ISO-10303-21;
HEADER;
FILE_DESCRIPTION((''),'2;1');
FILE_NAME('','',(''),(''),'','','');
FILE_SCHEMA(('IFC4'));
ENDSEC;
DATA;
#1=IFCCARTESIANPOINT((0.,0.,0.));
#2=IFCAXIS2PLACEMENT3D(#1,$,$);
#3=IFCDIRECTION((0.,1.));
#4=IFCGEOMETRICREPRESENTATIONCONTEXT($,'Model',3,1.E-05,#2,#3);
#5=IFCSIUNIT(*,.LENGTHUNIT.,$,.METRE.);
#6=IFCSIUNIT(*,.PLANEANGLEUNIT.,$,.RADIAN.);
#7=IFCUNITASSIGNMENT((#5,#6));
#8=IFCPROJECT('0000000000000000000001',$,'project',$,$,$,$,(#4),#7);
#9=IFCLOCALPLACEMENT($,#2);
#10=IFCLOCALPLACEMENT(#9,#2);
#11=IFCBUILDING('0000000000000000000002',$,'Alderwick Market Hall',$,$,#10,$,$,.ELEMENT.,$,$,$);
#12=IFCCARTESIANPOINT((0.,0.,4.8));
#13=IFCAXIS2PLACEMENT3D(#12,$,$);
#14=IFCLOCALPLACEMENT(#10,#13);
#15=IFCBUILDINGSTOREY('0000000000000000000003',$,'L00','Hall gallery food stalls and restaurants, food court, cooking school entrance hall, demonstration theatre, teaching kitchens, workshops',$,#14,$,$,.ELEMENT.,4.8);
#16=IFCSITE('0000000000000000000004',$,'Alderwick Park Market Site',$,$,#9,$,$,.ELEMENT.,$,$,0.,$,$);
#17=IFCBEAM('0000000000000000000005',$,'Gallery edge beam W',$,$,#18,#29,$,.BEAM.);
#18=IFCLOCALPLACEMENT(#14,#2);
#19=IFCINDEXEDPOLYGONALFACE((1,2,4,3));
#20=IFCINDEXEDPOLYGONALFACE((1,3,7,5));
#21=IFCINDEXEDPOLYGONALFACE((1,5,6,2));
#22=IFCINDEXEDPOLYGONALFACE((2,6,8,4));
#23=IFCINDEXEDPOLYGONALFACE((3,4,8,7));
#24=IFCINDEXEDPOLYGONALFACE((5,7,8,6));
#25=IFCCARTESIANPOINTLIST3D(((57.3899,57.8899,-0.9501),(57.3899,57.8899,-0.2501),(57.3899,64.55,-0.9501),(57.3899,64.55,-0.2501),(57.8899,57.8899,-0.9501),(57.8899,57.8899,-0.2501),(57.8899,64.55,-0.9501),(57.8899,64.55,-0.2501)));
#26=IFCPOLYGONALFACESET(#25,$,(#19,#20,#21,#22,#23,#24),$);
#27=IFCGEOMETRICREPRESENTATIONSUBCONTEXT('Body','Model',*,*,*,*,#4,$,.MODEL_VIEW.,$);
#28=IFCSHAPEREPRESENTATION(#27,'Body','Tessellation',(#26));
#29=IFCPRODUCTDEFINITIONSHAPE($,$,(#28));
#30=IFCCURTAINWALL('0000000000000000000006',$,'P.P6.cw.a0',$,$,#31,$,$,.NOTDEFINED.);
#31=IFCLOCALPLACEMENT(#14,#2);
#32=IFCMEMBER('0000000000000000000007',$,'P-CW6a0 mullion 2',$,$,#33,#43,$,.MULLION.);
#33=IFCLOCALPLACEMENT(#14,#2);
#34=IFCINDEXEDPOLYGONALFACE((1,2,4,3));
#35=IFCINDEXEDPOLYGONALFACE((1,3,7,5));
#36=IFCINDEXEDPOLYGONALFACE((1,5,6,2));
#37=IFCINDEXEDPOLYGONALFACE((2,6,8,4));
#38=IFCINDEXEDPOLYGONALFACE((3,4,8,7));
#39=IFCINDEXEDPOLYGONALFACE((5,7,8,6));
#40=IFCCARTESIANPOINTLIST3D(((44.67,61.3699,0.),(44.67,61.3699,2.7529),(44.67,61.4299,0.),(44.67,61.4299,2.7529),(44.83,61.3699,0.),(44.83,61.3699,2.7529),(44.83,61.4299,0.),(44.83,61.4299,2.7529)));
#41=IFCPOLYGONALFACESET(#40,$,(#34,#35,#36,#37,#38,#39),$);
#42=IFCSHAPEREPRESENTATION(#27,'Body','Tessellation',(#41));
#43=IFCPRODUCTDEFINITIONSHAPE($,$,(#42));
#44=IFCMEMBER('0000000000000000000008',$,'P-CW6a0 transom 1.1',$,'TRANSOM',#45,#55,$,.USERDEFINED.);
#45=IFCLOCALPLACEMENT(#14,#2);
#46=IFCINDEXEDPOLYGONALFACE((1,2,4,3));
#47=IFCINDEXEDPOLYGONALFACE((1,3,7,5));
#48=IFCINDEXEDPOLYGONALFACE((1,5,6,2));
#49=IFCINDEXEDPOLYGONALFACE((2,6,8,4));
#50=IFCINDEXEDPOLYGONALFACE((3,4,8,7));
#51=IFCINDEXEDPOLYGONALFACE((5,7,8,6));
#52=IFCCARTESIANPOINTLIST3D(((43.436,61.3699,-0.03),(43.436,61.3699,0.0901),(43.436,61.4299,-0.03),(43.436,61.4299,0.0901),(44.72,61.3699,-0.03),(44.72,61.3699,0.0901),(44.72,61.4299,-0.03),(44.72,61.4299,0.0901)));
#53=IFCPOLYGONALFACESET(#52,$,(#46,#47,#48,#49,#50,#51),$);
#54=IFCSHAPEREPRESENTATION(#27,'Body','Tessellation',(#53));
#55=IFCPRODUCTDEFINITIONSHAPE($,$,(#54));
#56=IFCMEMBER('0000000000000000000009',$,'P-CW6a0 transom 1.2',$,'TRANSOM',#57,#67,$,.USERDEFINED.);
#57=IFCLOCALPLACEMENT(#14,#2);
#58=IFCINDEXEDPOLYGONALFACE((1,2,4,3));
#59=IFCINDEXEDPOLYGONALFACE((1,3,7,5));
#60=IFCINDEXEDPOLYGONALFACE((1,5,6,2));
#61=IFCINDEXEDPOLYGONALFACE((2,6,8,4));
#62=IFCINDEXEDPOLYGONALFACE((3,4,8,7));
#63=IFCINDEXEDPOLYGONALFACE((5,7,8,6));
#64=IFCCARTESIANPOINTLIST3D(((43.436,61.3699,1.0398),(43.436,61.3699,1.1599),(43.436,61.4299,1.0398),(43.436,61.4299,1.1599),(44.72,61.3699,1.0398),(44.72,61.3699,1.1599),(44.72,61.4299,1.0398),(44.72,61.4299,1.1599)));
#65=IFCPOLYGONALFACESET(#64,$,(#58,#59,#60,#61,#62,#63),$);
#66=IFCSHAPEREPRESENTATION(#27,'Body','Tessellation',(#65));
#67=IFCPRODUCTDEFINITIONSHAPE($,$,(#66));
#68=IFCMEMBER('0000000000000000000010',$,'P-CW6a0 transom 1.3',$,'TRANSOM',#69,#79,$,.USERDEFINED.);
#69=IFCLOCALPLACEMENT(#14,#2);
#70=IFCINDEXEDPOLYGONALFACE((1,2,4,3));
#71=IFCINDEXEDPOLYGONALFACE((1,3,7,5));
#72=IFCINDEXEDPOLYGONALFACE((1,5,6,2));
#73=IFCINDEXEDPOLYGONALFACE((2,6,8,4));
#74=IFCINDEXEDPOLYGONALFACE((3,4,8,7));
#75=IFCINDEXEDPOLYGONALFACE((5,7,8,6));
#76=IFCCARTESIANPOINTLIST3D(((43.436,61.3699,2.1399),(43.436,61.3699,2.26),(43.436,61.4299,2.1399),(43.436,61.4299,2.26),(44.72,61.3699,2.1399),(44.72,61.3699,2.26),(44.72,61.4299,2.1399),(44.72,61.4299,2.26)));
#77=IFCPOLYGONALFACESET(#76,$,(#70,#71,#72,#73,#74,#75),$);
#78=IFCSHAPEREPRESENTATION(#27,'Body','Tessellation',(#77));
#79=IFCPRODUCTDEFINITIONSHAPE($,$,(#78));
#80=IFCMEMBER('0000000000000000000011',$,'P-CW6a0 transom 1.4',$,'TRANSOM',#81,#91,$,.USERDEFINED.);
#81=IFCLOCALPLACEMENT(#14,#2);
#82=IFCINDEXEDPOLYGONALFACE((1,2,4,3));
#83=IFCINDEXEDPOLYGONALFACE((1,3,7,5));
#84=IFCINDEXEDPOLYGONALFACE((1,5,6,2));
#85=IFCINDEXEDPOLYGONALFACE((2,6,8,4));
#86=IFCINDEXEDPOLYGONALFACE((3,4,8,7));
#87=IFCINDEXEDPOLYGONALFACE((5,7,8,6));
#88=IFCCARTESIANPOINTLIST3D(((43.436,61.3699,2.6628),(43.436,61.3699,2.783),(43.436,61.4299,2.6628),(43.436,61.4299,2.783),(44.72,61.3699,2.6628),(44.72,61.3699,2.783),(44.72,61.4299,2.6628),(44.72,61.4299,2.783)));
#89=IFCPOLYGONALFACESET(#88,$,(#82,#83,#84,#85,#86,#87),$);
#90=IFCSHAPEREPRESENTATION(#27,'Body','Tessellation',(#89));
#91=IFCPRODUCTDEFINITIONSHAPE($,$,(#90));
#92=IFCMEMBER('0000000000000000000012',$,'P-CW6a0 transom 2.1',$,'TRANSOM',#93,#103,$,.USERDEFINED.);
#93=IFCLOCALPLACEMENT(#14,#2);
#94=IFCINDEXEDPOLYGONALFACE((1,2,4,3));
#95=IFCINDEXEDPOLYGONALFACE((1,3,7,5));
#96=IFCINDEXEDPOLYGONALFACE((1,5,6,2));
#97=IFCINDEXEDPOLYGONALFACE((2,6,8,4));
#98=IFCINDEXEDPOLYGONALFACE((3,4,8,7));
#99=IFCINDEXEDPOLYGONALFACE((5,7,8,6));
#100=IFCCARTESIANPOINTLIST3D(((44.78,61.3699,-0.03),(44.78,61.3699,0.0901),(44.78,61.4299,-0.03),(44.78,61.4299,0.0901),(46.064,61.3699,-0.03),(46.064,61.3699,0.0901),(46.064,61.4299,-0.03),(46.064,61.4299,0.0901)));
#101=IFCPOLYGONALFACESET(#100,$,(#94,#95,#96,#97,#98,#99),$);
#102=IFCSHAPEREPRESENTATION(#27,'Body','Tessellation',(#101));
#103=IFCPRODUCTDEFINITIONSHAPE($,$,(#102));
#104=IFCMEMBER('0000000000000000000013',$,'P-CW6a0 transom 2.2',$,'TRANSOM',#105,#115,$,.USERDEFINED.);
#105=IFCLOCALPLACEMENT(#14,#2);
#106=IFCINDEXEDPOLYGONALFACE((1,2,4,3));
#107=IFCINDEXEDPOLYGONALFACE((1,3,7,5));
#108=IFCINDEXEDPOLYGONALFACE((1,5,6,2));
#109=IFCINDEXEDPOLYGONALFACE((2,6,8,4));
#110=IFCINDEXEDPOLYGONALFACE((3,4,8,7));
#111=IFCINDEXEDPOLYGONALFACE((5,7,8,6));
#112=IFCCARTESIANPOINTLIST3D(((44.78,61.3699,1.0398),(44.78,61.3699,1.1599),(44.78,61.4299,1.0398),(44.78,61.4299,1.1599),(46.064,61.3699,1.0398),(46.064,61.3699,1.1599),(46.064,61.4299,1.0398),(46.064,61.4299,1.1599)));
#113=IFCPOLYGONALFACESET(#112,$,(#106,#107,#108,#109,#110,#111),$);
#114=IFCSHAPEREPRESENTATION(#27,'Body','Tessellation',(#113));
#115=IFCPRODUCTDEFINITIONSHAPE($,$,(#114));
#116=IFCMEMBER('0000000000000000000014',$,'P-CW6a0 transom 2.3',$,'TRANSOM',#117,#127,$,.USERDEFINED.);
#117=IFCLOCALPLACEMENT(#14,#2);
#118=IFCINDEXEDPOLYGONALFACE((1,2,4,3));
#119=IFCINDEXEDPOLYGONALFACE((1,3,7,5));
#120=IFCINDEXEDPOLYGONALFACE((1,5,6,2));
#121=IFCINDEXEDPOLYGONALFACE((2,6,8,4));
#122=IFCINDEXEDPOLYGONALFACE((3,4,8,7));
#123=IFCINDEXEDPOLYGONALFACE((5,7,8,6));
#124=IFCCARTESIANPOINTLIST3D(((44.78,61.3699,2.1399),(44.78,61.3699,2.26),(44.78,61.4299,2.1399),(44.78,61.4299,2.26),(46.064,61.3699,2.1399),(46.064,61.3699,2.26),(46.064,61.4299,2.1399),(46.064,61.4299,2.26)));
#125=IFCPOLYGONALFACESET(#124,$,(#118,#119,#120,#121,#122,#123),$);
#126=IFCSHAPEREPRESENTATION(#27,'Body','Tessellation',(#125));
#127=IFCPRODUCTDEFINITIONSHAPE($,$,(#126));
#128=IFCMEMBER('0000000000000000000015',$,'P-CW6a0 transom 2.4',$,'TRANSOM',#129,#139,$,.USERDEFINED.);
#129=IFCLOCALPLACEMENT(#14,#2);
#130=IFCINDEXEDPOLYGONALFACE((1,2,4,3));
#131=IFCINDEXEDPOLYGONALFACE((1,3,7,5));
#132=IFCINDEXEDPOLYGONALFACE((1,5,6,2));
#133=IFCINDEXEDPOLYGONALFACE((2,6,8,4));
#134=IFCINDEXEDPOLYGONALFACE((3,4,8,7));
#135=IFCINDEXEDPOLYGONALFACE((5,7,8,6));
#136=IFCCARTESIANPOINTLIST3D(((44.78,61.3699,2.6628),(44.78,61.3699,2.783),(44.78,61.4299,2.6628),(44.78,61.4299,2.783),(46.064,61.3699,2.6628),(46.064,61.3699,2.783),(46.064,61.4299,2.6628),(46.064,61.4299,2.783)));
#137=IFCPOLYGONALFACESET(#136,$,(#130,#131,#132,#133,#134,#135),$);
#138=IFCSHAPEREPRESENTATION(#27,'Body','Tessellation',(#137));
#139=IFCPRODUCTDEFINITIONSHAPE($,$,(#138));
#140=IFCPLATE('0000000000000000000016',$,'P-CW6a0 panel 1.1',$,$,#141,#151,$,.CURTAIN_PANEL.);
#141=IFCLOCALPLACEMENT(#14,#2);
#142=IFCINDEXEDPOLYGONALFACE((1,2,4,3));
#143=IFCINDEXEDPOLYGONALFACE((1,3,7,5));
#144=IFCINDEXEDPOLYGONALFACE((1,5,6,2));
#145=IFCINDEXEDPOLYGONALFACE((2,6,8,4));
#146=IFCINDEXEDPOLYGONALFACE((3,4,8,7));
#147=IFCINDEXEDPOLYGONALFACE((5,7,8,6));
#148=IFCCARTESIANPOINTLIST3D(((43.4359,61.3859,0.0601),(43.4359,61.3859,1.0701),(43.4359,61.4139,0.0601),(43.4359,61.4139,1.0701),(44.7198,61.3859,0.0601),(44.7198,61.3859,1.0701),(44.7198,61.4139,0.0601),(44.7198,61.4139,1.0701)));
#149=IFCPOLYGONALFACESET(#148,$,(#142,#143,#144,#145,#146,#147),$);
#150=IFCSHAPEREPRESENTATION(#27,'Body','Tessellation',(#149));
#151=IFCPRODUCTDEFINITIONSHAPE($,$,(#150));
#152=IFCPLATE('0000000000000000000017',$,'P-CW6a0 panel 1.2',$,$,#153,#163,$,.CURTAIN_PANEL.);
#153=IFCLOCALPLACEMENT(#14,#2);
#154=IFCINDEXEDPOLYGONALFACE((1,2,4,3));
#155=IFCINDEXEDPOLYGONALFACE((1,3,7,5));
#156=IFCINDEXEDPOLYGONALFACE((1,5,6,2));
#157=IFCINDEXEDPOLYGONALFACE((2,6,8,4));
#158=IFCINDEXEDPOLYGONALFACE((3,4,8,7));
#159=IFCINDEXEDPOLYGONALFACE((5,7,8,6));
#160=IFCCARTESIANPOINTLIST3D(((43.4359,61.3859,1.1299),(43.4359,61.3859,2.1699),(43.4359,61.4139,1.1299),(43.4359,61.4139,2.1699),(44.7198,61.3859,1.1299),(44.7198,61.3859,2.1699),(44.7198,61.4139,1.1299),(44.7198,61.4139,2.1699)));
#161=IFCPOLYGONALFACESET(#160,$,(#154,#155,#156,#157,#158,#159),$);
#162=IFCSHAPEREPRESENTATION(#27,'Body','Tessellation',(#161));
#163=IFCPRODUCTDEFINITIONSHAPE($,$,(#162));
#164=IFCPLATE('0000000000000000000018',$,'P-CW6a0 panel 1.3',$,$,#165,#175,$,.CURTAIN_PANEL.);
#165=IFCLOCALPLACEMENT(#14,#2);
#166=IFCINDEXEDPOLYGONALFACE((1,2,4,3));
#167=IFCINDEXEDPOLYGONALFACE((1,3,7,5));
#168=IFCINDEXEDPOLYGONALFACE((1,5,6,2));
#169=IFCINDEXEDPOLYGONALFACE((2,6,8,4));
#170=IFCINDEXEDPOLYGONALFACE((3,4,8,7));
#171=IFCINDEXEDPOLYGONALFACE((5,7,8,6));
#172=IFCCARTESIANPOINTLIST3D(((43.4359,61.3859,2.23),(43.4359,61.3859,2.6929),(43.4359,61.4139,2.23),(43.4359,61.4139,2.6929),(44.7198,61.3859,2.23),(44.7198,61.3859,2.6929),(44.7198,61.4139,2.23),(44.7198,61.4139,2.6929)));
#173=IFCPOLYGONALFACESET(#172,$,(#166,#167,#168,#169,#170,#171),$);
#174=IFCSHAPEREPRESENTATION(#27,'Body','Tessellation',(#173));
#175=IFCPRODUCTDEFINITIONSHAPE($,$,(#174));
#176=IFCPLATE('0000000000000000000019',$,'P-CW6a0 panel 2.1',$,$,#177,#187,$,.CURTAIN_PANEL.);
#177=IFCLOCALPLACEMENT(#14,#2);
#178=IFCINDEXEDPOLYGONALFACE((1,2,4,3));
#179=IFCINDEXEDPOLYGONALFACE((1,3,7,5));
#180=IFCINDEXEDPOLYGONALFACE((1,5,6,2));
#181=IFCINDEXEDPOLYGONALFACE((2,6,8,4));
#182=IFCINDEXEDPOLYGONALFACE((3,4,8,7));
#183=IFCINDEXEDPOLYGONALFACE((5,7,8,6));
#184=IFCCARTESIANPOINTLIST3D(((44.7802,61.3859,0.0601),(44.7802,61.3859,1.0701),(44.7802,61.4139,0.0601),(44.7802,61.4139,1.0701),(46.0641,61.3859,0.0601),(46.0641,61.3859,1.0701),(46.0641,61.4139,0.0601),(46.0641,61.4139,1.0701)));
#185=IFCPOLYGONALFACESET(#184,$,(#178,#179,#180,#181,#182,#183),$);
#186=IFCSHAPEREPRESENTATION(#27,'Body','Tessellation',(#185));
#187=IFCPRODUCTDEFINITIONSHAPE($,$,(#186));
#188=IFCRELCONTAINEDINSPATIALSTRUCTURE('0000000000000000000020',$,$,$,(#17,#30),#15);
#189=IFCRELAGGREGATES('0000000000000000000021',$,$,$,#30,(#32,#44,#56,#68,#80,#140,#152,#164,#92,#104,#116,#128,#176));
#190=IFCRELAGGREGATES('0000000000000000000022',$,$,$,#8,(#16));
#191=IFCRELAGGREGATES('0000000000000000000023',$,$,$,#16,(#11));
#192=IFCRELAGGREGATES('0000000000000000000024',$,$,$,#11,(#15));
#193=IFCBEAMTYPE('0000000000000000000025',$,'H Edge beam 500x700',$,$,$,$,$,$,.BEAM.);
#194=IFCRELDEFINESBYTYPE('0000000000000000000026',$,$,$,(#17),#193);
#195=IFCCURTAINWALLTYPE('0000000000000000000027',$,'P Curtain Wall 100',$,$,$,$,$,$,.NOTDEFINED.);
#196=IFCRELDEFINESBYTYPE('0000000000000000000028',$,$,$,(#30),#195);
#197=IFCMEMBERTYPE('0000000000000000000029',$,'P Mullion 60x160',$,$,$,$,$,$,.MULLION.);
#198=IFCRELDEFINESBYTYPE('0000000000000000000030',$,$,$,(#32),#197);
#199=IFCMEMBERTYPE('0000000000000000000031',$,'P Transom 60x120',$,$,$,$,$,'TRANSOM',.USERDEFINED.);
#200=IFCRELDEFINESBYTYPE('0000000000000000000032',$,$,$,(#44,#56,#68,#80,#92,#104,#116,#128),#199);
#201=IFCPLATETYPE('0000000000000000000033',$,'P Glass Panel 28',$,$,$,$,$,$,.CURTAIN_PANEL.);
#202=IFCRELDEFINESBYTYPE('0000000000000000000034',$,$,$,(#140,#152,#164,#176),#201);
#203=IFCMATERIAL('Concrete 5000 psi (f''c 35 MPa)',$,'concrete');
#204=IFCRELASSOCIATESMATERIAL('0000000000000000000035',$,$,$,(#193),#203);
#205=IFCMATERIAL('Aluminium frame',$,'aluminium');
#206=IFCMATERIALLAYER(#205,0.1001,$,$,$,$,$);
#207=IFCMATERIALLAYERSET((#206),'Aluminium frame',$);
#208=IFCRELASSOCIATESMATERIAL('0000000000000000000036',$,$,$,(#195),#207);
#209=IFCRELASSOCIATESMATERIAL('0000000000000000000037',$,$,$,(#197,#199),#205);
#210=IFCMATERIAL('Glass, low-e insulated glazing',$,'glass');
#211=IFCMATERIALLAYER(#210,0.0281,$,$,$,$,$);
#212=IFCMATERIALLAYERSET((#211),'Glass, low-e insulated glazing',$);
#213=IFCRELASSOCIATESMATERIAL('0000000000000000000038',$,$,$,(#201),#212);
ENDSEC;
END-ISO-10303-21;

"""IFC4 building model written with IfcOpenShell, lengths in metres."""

from ifc_helpers import new_model, si_unit, direction, frame, origin, origin_2d, place, context, subcontext, project, spatial, rectangle, extrude, material, layer, layer_set, material_profile, profile_set, type_object, element, aggregate, save


model = new_model("IFC4")

# Units and contexts
model_context = context("Model", 3, precision=1e-05, world=origin(), true_north=direction((0.0, 1.0)))
body_context = subcontext(model_context, "Body", "Model", "MODEL_VIEW")
ifc_project = project(units=[si_unit("LENGTHUNIT", "METRE"), si_unit("PLANEANGLEUNIT", "RADIAN")], contexts=[model_context])

# Site, building, storey
site_placement = place(None, origin())
site = spatial("IfcSite", under=ifc_project, at=site_placement, Name="Alderwick Park Market Site", CompositionType="ELEMENT", RefElevation=0.0)
building_placement = place(site_placement, origin())
building = spatial("IfcBuilding", under=site, at=building_placement, Name="Alderwick Market Hall", CompositionType="ELEMENT")
storey_placement = place(building_placement, frame((0.0, 0.0, 4.8)))
storey = spatial("IfcBuildingStorey", under=building, at=storey_placement, Name="L00", Description="Hall gallery food stalls and restaurants, food court, cooking school entrance hall, demonstration theatre, teaching kitchens, workshops", CompositionType="ELEMENT", Elevation=4.8)

# Beam
ifc_material_1 = material(Name="Concrete 5000 psi (f'c 35 MPa)", Category="concrete")
ifc_material_profile_1 = material_profile(ifc_material_1, rectangle(XDim=0.5, YDim=0.7, at=origin_2d()), Name="RC 500x700")
ifc_profile_set_1 = profile_set([ifc_material_profile_1], Name="Concrete 5000 psi (f'c 35 MPa)")
beam_type = type_object("IfcBeamType", Name="H Edge beam 500x700", PredefinedType="BEAM", material=ifc_profile_set_1)
beam_placement = place(storey_placement, frame((57.6399, 57.8899, -0.6001), z_axis=(0.0, 1.0, 0.0), x_axis=(-1.0, 0.0, 0.0)))
element("IfcBeam", 1, at=beam_placement, inside=storey, type_object=beam_type, Name="Gallery edge beam W", PredefinedType="BEAM", context=body_context, shape_type="SweptSolid", body=[
    extrude(rectangle(XDim=0.5, YDim=0.7, at=origin_2d()), origin(), (0.0, 0.0, 1.0), 6.6602),
])

# Curtain wall, members, plates
ifc_material_2 = material(Name="Aluminium frame", Category="aluminium")
ifc_layer_1 = layer(ifc_material_2, 0.1001)
ifc_layer_set_1 = layer_set([ifc_layer_1], Name="Aluminium frame")
curtain_wall_type = type_object("IfcCurtainWallType", Name="P Curtain Wall 100", PredefinedType="NOTDEFINED", material=ifc_layer_set_1)
curtain_wall_placement = place(storey_placement, origin())
curtain_wall = element("IfcCurtainWall", 2, at=curtain_wall_placement, inside=storey, type_object=curtain_wall_type, Name="P.P6.cw.a0", PredefinedType="NOTDEFINED")
ifc_material_profile_2 = material_profile(ifc_material_2, rectangle(XDim=0.0601, YDim=0.1599, at=origin_2d()), Name="P Mullion 60x160")
ifc_profile_set_2 = profile_set([ifc_material_profile_2], Name="Aluminium frame")
member_type_1 = type_object("IfcMemberType", Name="P Mullion 60x160", PredefinedType="MULLION", material=ifc_profile_set_2)
member_1_placement = place(storey_placement, frame((44.75, 61.3999, 0.0), z_axis=(0.0, 0.0, 1.0), x_axis=(0.0, 1.0, 0.0)))
member_1 = element("IfcMember", 3, at=member_1_placement, type_object=member_type_1, Name="P-CW6a0 mullion 2", PredefinedType="MULLION", context=body_context, shape_type="SweptSolid", body=[
    extrude(rectangle(XDim=0.0601, YDim=0.1599, at=origin_2d()), origin(), (0.0, 0.0, 1.0), 2.7529),
])
ifc_material_profile_3 = material_profile(ifc_material_2, rectangle(XDim=0.0601, YDim=0.1201, at=origin_2d()), Name="P Transom 60x120")
ifc_profile_set_3 = profile_set([ifc_material_profile_3], Name="Aluminium frame")
member_type_2 = type_object("IfcMemberType", Name="P Transom 60x120", ElementType="TRANSOM", PredefinedType="USERDEFINED", material=ifc_profile_set_3)
member_2_placement = place(storey_placement, frame((43.436, 61.3999, 0.03), z_axis=(1.0, 0.0, 0.0), x_axis=(0.0, 1.0, 0.0)))
member_2 = element("IfcMember", 4, at=member_2_placement, type_object=member_type_2, Name="P-CW6a0 transom 1.1", ObjectType="TRANSOM", PredefinedType="USERDEFINED", context=body_context, shape_type="SweptSolid", body=[
    extrude(rectangle(XDim=0.0601, YDim=0.1201, at=origin_2d()), origin(), (0.0, 0.0, 1.0), 1.2839),
])
member_3_placement = place(storey_placement, frame((43.436, 61.3999, 1.0999), z_axis=(1.0, 0.0, 0.0), x_axis=(0.0, 1.0, 0.0)))
member_3 = element("IfcMember", 5, at=member_3_placement, type_object=member_type_2, Name="P-CW6a0 transom 1.2", ObjectType="TRANSOM", PredefinedType="USERDEFINED", context=body_context, shape_type="SweptSolid", body=[
    extrude(rectangle(XDim=0.0601, YDim=0.1201, at=origin_2d()), origin(), (0.0, 0.0, 1.0), 1.2839),
])
member_4_placement = place(storey_placement, frame((43.436, 61.3999, 2.2), z_axis=(1.0, 0.0, 0.0), x_axis=(0.0, 1.0, 0.0)))
member_4 = element("IfcMember", 6, at=member_4_placement, type_object=member_type_2, Name="P-CW6a0 transom 1.3", ObjectType="TRANSOM", PredefinedType="USERDEFINED", context=body_context, shape_type="SweptSolid", body=[
    extrude(rectangle(XDim=0.0601, YDim=0.1201, at=origin_2d()), origin(), (0.0, 0.0, 1.0), 1.2839),
])
member_5_placement = place(storey_placement, frame((43.436, 61.3999, 2.7229), z_axis=(1.0, 0.0, 0.0), x_axis=(0.0, 1.0, 0.0)))
member_5 = element("IfcMember", 7, at=member_5_placement, type_object=member_type_2, Name="P-CW6a0 transom 1.4", ObjectType="TRANSOM", PredefinedType="USERDEFINED", context=body_context, shape_type="SweptSolid", body=[
    extrude(rectangle(XDim=0.0601, YDim=0.1201, at=origin_2d()), origin(), (0.0, 0.0, 1.0), 1.2839),
])
member_6_placement = place(storey_placement, frame((44.78, 61.3999, 0.03), z_axis=(1.0, 0.0, 0.0), x_axis=(0.0, 1.0, 0.0)))
member_6 = element("IfcMember", 8, at=member_6_placement, type_object=member_type_2, Name="P-CW6a0 transom 2.1", ObjectType="TRANSOM", PredefinedType="USERDEFINED", context=body_context, shape_type="SweptSolid", body=[
    extrude(rectangle(XDim=0.0601, YDim=0.1201, at=origin_2d()), origin(), (0.0, 0.0, 1.0), 1.2839),
])
member_7_placement = place(storey_placement, frame((44.78, 61.3999, 1.0999), z_axis=(1.0, 0.0, 0.0), x_axis=(0.0, 1.0, 0.0)))
member_7 = element("IfcMember", 9, at=member_7_placement, type_object=member_type_2, Name="P-CW6a0 transom 2.2", ObjectType="TRANSOM", PredefinedType="USERDEFINED", context=body_context, shape_type="SweptSolid", body=[
    extrude(rectangle(XDim=0.0601, YDim=0.1201, at=origin_2d()), origin(), (0.0, 0.0, 1.0), 1.2839),
])
member_8_placement = place(storey_placement, frame((44.78, 61.3999, 2.2), z_axis=(1.0, 0.0, 0.0), x_axis=(0.0, 1.0, 0.0)))
member_8 = element("IfcMember", 10, at=member_8_placement, type_object=member_type_2, Name="P-CW6a0 transom 2.3", ObjectType="TRANSOM", PredefinedType="USERDEFINED", context=body_context, shape_type="SweptSolid", body=[
    extrude(rectangle(XDim=0.0601, YDim=0.1201, at=origin_2d()), origin(), (0.0, 0.0, 1.0), 1.2839),
])
member_9_placement = place(storey_placement, frame((44.78, 61.3999, 2.7229), z_axis=(1.0, 0.0, 0.0), x_axis=(0.0, 1.0, 0.0)))
member_9 = element("IfcMember", 11, at=member_9_placement, type_object=member_type_2, Name="P-CW6a0 transom 2.4", ObjectType="TRANSOM", PredefinedType="USERDEFINED", context=body_context, shape_type="SweptSolid", body=[
    extrude(rectangle(XDim=0.0601, YDim=0.1201, at=origin_2d()), origin(), (0.0, 0.0, 1.0), 1.2839),
])
ifc_material_3 = material(Name="Glass, low-e insulated glazing", Category="glass")
ifc_layer_2 = layer(ifc_material_3, 0.0281)
ifc_layer_set_2 = layer_set([ifc_layer_2], Name="Glass, low-e insulated glazing")
plate_type = type_object("IfcPlateType", Name="P Glass Panel 28", PredefinedType="CURTAIN_PANEL", material=ifc_layer_set_2)
plate_1_placement = place(storey_placement, frame((44.0779, 61.3999, 0.0601), z_axis=(0.0, 0.0, 1.0), x_axis=(1.0, 0.0, 0.0)))
plate_1 = element("IfcPlate", 12, at=plate_1_placement, type_object=plate_type, Name="P-CW6a0 panel 1.1", PredefinedType="CURTAIN_PANEL", context=body_context, shape_type="SweptSolid", body=[
    extrude(rectangle(XDim=1.2839, YDim=0.0281, at=origin_2d()), origin(), (0.0, 0.0, 1.0), 1.01),
])
plate_2_placement = place(storey_placement, frame((44.0779, 61.3999, 1.1299), z_axis=(0.0, 0.0, 1.0), x_axis=(1.0, 0.0, 0.0)))
plate_2 = element("IfcPlate", 13, at=plate_2_placement, type_object=plate_type, Name="P-CW6a0 panel 1.2", PredefinedType="CURTAIN_PANEL", context=body_context, shape_type="SweptSolid", body=[
    extrude(rectangle(XDim=1.2839, YDim=0.0281, at=origin_2d()), origin(), (0.0, 0.0, 1.0), 1.04),
])
plate_3_placement = place(storey_placement, frame((44.0779, 61.3999, 2.23), z_axis=(0.0, 0.0, 1.0), x_axis=(1.0, 0.0, 0.0)))
plate_3 = element("IfcPlate", 14, at=plate_3_placement, type_object=plate_type, Name="P-CW6a0 panel 1.3", PredefinedType="CURTAIN_PANEL", context=body_context, shape_type="SweptSolid", body=[
    extrude(rectangle(XDim=1.2839, YDim=0.0281, at=origin_2d()), origin(), (0.0, 0.0, 1.0), 0.4629),
])
plate_4_placement = place(storey_placement, frame((45.4221, 61.3999, 0.0601), z_axis=(0.0, 0.0, 1.0), x_axis=(1.0, 0.0, 0.0)))
plate_4 = element("IfcPlate", 15, at=plate_4_placement, type_object=plate_type, Name="P-CW6a0 panel 2.1", PredefinedType="CURTAIN_PANEL", context=body_context, shape_type="SweptSolid", body=[
    extrude(rectangle(XDim=1.2839, YDim=0.0281, at=origin_2d()), origin(), (0.0, 0.0, 1.0), 1.01),
])
aggregate(curtain_wall, [member_1, member_2, member_3, member_4, member_5, plate_1, plate_2, plate_3, member_6, member_7, member_8, member_9, plate_4])

save(model, "model.ifc")
